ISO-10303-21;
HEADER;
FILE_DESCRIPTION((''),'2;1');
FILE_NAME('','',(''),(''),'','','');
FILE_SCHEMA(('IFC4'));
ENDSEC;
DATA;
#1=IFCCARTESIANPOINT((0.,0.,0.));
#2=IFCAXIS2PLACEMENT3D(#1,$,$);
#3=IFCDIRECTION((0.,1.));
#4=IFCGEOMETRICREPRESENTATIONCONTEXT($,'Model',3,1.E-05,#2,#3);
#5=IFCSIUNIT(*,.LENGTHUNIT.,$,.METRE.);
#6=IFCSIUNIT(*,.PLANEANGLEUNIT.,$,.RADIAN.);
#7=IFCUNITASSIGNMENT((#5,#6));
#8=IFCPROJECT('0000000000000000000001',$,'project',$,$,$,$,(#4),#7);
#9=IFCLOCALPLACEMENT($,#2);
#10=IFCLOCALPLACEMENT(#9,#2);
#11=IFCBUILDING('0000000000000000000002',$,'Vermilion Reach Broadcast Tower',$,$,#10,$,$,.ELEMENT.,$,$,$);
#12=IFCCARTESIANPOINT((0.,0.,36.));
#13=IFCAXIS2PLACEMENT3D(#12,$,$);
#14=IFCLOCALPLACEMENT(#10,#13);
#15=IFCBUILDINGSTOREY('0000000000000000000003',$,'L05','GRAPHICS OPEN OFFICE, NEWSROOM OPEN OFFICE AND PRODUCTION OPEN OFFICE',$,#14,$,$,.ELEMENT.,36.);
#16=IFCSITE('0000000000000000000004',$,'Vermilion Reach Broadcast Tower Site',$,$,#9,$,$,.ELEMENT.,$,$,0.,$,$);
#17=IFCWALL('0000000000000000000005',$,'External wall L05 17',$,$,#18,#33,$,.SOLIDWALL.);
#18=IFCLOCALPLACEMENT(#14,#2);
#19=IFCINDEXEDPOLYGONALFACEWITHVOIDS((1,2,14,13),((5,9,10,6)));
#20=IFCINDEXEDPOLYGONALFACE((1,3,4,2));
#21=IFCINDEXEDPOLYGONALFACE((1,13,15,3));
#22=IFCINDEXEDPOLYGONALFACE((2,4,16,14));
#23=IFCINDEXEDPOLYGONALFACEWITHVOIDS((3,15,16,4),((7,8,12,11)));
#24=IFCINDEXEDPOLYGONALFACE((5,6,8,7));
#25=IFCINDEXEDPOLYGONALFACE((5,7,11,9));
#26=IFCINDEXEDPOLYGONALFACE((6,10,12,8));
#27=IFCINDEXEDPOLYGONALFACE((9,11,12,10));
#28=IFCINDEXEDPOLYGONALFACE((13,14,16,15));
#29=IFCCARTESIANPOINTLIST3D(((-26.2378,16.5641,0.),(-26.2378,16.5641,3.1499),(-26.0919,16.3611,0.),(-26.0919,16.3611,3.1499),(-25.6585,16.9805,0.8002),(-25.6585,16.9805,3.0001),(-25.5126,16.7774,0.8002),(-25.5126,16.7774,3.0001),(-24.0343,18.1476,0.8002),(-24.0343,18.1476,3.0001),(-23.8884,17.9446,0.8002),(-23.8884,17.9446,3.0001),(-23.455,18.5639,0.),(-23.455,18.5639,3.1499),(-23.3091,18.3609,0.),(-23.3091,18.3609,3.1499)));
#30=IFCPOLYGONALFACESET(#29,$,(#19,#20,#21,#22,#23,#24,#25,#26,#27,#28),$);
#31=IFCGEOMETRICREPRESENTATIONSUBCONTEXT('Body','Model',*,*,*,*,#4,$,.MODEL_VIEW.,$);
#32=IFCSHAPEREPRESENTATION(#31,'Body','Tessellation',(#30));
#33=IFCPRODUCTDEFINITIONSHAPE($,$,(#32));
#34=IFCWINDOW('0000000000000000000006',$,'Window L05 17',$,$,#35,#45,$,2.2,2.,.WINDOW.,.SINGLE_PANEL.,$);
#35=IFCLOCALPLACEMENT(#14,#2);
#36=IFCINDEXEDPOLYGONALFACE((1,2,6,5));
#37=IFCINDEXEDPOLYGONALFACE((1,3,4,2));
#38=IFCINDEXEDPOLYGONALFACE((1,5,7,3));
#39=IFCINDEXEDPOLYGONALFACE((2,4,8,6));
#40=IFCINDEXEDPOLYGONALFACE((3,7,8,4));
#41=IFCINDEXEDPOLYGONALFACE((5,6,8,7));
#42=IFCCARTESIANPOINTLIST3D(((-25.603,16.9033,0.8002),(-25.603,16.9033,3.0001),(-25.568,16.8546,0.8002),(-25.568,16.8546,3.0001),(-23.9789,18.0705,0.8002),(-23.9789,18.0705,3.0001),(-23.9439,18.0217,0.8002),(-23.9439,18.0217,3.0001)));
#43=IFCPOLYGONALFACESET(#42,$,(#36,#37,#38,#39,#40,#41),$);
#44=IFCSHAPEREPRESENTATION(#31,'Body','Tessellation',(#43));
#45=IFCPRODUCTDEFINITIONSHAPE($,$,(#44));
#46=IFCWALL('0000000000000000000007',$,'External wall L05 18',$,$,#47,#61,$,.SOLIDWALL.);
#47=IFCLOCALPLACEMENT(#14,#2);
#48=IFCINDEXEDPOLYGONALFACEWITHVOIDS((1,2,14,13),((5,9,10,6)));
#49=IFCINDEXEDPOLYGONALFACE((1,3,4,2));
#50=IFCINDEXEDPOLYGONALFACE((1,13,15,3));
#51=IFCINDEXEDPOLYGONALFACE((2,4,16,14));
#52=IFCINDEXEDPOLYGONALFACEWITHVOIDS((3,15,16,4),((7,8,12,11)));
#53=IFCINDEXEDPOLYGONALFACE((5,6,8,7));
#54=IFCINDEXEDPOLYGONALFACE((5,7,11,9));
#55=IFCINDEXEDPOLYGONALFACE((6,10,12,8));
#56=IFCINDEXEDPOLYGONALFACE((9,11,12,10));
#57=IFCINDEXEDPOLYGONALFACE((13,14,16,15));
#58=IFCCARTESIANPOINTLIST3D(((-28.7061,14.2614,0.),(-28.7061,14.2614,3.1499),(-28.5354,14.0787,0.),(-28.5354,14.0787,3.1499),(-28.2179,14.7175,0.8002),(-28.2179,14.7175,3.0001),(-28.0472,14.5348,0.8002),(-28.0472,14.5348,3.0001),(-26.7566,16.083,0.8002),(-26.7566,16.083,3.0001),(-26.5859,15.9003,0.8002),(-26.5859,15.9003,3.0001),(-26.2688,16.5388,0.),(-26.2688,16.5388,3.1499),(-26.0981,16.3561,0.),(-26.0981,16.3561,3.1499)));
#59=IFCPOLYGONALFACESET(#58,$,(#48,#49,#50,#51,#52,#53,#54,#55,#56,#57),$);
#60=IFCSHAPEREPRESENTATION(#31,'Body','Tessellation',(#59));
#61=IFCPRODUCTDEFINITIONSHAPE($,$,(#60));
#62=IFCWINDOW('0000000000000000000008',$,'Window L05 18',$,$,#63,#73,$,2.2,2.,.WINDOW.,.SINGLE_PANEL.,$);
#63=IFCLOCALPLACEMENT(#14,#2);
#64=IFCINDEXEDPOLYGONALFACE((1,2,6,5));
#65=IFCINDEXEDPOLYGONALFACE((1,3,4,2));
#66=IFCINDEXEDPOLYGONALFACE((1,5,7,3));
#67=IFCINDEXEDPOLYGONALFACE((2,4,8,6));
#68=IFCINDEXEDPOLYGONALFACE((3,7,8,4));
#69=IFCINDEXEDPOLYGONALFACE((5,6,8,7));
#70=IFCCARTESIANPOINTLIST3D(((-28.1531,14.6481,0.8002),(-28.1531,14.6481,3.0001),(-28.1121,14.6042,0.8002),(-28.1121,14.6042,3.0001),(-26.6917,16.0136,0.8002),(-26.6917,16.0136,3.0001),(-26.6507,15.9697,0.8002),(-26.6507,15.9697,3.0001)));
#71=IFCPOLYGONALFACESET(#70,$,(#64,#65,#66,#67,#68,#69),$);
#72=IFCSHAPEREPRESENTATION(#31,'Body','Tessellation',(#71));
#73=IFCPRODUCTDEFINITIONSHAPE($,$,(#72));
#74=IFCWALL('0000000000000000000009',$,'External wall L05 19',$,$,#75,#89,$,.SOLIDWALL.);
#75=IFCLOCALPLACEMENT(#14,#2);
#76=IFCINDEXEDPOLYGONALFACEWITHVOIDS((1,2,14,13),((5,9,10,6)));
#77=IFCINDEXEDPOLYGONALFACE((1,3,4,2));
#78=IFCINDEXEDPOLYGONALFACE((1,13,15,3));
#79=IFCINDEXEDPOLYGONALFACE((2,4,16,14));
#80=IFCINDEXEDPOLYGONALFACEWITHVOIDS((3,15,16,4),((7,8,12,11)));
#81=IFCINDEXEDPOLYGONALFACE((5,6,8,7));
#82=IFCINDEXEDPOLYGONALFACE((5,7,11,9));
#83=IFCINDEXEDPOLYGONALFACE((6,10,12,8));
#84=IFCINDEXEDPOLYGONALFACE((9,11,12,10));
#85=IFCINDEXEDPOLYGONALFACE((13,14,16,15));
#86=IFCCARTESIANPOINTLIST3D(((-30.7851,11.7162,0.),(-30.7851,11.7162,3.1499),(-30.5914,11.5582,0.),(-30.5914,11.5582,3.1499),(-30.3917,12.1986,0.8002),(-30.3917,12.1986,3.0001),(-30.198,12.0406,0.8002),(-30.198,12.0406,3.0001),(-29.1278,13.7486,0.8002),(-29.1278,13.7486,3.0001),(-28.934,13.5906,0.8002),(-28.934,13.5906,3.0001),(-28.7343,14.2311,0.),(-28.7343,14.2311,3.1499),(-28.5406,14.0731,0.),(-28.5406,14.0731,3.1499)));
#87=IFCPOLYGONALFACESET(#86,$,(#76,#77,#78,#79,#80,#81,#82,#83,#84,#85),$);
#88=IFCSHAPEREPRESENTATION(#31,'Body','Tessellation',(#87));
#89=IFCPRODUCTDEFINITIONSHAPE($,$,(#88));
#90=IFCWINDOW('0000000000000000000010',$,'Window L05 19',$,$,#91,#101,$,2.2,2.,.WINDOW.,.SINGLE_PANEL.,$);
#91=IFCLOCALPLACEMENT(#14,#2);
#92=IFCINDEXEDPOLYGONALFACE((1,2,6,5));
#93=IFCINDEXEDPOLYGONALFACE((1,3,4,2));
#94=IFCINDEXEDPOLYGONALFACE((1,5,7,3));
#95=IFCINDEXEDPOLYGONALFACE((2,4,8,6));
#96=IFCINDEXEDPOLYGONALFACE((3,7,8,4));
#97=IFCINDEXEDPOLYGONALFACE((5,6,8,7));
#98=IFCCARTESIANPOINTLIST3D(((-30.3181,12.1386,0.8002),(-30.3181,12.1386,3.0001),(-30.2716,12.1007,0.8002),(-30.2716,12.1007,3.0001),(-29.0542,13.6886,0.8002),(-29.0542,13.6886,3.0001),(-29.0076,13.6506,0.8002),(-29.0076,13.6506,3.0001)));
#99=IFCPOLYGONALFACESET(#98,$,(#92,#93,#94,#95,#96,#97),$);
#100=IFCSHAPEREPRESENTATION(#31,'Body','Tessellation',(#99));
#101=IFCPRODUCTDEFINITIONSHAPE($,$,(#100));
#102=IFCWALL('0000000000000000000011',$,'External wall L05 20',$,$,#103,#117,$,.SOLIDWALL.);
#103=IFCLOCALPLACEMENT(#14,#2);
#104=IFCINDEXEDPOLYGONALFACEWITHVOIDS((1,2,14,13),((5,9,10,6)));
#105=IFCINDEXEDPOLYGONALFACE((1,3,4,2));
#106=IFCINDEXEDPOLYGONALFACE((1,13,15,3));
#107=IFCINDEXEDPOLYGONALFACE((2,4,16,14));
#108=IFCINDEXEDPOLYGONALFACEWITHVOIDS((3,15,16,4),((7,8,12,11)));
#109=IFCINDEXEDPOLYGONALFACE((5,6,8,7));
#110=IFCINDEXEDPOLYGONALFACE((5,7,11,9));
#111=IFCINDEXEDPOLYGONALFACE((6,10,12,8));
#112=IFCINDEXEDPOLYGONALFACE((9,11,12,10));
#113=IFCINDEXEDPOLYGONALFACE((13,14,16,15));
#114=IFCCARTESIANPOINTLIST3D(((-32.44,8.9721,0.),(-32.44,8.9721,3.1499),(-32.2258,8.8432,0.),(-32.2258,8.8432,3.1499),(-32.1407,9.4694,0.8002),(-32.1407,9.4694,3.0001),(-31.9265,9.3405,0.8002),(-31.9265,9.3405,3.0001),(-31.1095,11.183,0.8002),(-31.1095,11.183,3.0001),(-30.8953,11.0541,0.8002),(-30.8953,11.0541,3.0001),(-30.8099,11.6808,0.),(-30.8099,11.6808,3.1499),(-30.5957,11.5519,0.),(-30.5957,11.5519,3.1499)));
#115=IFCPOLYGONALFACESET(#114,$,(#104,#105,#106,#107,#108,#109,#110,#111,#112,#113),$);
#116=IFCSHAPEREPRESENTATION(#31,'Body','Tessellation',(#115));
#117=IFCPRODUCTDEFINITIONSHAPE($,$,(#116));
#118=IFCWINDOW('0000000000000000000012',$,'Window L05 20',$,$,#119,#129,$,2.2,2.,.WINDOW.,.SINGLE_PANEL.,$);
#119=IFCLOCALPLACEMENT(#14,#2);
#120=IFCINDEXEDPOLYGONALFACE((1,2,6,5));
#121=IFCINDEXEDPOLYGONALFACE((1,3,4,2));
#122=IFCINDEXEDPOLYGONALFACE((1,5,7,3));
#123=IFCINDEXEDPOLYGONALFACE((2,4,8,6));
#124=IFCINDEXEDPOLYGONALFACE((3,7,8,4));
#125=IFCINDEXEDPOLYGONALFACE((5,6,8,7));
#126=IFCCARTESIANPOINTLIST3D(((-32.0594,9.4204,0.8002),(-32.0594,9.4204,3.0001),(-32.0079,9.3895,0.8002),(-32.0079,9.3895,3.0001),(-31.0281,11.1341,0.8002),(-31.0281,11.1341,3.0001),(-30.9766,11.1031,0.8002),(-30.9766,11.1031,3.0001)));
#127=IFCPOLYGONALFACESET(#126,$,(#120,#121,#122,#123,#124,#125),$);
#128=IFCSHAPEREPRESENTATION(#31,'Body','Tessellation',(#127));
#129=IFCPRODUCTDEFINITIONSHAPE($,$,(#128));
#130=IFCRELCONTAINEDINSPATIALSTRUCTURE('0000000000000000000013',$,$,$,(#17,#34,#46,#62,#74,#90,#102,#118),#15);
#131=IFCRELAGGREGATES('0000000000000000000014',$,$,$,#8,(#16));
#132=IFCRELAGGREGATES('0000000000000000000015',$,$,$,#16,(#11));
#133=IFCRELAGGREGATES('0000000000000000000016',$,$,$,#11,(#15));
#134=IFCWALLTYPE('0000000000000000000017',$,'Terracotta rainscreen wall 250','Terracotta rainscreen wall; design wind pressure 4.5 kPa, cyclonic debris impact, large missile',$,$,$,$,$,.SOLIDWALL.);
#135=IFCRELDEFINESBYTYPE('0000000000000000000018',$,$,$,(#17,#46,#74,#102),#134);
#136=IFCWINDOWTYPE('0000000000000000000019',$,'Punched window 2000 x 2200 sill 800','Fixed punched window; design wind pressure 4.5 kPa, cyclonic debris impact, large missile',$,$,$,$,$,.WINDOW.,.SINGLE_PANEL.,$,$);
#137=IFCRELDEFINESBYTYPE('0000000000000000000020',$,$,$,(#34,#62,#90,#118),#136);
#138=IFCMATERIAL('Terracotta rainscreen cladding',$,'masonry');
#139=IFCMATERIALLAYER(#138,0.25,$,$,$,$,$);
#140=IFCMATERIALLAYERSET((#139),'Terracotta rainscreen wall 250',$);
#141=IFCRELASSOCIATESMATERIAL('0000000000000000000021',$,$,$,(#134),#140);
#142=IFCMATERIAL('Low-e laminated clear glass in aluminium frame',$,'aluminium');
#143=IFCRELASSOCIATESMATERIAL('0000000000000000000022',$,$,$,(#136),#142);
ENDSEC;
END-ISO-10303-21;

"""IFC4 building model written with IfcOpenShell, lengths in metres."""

from ifc_helpers import new_model, si_unit, direction, frame, frame_2d, origin, place, context, subcontext, project, spatial, rectangle, extrude, material, layer, layer_set, type_object, element, fill, save


model = new_model("IFC4")

# Units and contexts
model_context = context("Model", 3, precision=1e-05, world=origin(), true_north=direction((0.0, 1.0)))
body_context = subcontext(model_context, "Body", "Model", "MODEL_VIEW")
ifc_project = project(units=[si_unit("LENGTHUNIT", "METRE"), si_unit("PLANEANGLEUNIT", "RADIAN")], contexts=[model_context])

# Site, building, storey
site_placement = place(None, origin())
site = spatial("IfcSite", under=ifc_project, at=site_placement, Name="Vermilion Reach Broadcast Tower Site", CompositionType="ELEMENT", RefElevation=0.0)
building_placement = place(site_placement, origin())
building = spatial("IfcBuilding", under=site, at=building_placement, Name="Vermilion Reach Broadcast Tower", CompositionType="ELEMENT")
storey_placement = place(building_placement, frame((0.0, 0.0, 36.0)))
storey = spatial("IfcBuildingStorey", under=building, at=storey_placement, Name="L05", Description="GRAPHICS OPEN OFFICE, NEWSROOM OPEN OFFICE AND PRODUCTION OPEN OFFICE", CompositionType="ELEMENT", Elevation=36.0)

# Walls, openings, windows
ifc_material_1 = material(Name="Terracotta rainscreen cladding", Category="masonry")
ifc_layer_1 = layer(ifc_material_1, 0.25)
ifc_layer_set_1 = layer_set([ifc_layer_1], Name="Terracotta rainscreen wall 250")
wall_type_1 = type_object("IfcWallType", Name="Terracotta rainscreen wall 250", Description="Terracotta rainscreen wall; design wind pressure 4.5 kPa, cyclonic debris impact, large missile", PredefinedType="SOLIDWALL", material=ifc_layer_set_1)
ifc_material_2 = material(Name="Low-e laminated clear glass in aluminium frame", Category="aluminium")
window_type = type_object("IfcWindowType", Name="Punched window 2000 x 2200 sill 800", Description="Fixed punched window; design wind pressure 4.5 kPa, cyclonic debris impact, large missile", PartitioningType="SINGLE_PANEL", PredefinedType="WINDOW", material=ifc_material_2)
wall_1_placement = place(storey_placement, frame((-23.3821, 18.4624, 0.0), z_axis=(0.0, 0.0, 1.0), x_axis=(-0.81206, -0.583574, 0.0)))
wall_1 = element("IfcWall", 1, at=wall_1_placement, inside=storey, type_object=wall_type_1, Name="External wall L05 17", PredefinedType="SOLIDWALL", context=body_context, shape_type="SweptSolid", body=[
    extrude(rectangle(XDim=3.4268, YDim=0.25, at=frame_2d((1.7134, 0.0))), origin(), (0.0, 0.0, 1.0), 3.1499),
])
opening_1_placement = place(wall_1_placement, frame((0.7134, 0.0, 0.8)))
opening_1 = element("IfcOpeningElement", 2, at=opening_1_placement, cuts=wall_1, PredefinedType="OPENING", context=body_context, shape_type="SweptSolid", body=[
    extrude(rectangle(XDim=2.0, YDim=2.2, at=frame_2d((1.0, 1.1001))), frame((0.0, 0.135, 0.0), z_axis=(0.0, -1.0, 0.0), x_axis=(1.0, 0.0, 0.0)), (0.0, 0.0, 1.0), 0.27),
])
window_1_placement = place(opening_1_placement, origin())
window_1 = element("IfcWindow", 3, at=window_1_placement, inside=storey, type_object=window_type, Name="Window L05 17", OverallHeight=2.2, OverallWidth=2.0, PartitioningType="SINGLE_PANEL", PredefinedType="WINDOW", context=body_context, shape_type="SweptSolid", body=[
    extrude(rectangle(XDim=2.0, YDim=2.2, at=frame_2d((1.0, 1.1001))), frame((0.0, 0.03, 0.0), z_axis=(0.0, -1.0, 0.0), x_axis=(1.0, 0.0, 0.0)), (0.0, 0.0, 1.0), 0.0601),
])
fill(opening_1, window_1)
wall_2_placement = place(storey_placement, frame((-26.1833, 16.4475, 0.0), z_axis=(0.0, 0.0, 1.0), x_axis=(-0.730671, -0.68273, 0.0)))
wall_2 = element("IfcWall", 4, at=wall_2_placement, inside=storey, type_object=wall_type_1, Name="External wall L05 18", PredefinedType="SOLIDWALL", context=body_context, shape_type="SweptSolid", body=[
    extrude(rectangle(XDim=3.3357, YDim=0.25, at=frame_2d((1.668, 0.0))), origin(), (0.0, 0.0, 1.0), 3.1499),
])
opening_2_placement = place(wall_2_placement, frame((0.6677, 0.0, 0.8)))
opening_2 = element("IfcOpeningElement", 5, at=opening_2_placement, cuts=wall_2, PredefinedType="OPENING", context=body_context, shape_type="SweptSolid", body=[
    extrude(rectangle(XDim=2.0, YDim=2.2, at=frame_2d((1.0, 1.1001))), frame((0.0, 0.135, 0.0), z_axis=(0.0, -1.0, 0.0), x_axis=(1.0, 0.0, 0.0)), (0.0, 0.0, 1.0), 0.27),
])
window_2_placement = place(opening_2_placement, origin())
window_2 = element("IfcWindow", 6, at=window_2_placement, inside=storey, type_object=window_type, Name="Window L05 18", OverallHeight=2.2, OverallWidth=2.0, PartitioningType="SINGLE_PANEL", PredefinedType="WINDOW", context=body_context, shape_type="SweptSolid", body=[
    extrude(rectangle(XDim=2.0, YDim=2.2, at=frame_2d((1.0, 1.1001))), frame((0.0, 0.03, 0.0), z_axis=(0.0, -1.0, 0.0), x_axis=(1.0, 0.0, 0.0)), (0.0, 0.0, 1.0), 0.0601),
])
fill(opening_2, window_2)
wall_3_placement = place(storey_placement, frame((-28.6375, 14.1521, 0.0), z_axis=(0.0, 0.0, 1.0), x_axis=(-0.631971, -0.774992, 0.0)))
wall_3 = element("IfcWall", 7, at=wall_3_placement, inside=storey, type_object=wall_type_1, Name="External wall L05 19", PredefinedType="SOLIDWALL", context=body_context, shape_type="SweptSolid", body=[
    extrude(rectangle(XDim=3.2451, YDim=0.25, at=frame_2d((1.6226, 0.0))), origin(), (0.0, 0.0, 1.0), 3.1499),
])
opening_3_placement = place(wall_3_placement, frame((0.6226, 0.0, 0.8)))
opening_3 = element("IfcOpeningElement", 8, at=opening_3_placement, cuts=wall_3, PredefinedType="OPENING", context=body_context, shape_type="SweptSolid", body=[
    extrude(rectangle(XDim=2.0, YDim=2.2, at=frame_2d((1.0, 1.1001))), frame((0.0, 0.135, 0.0), z_axis=(0.0, -1.0, 0.0), x_axis=(1.0, 0.0, 0.0)), (0.0, 0.0, 1.0), 0.27),
])
window_3_placement = place(opening_3_placement, origin())
window_3 = element("IfcWindow", 9, at=window_3_placement, inside=storey, type_object=window_type, Name="Window L05 19", OverallHeight=2.2, OverallWidth=2.0, PartitioningType="SINGLE_PANEL", PredefinedType="WINDOW", context=body_context, shape_type="SweptSolid", body=[
    extrude(rectangle(XDim=2.0, YDim=2.2, at=frame_2d((1.0, 1.1001))), frame((0.0, 0.03, 0.0), z_axis=(0.0, -1.0, 0.0), x_axis=(1.0, 0.0, 0.0)), (0.0, 0.0, 1.0), 0.0601),
])
fill(opening_3, window_3)
wall_4_placement = place(storey_placement, frame((-30.7029, 11.6162, 0.0), z_axis=(0.0, 0.0, 1.0), x_axis=(-0.515631, -0.856811, 0.0)))
wall_4 = element("IfcWall", 10, at=wall_4_placement, inside=storey, type_object=wall_type_1, Name="External wall L05 20", PredefinedType="SOLIDWALL", context=body_context, shape_type="SweptSolid", body=[
    extrude(rectangle(XDim=3.1614, YDim=0.25, at=frame_2d((1.5806, 0.0))), origin(), (0.0, 0.0, 1.0), 3.1499),
])
opening_4_placement = place(wall_4_placement, frame((0.5808, 0.0, 0.8)))
opening_4 = element("IfcOpeningElement", 11, at=opening_4_placement, cuts=wall_4, PredefinedType="OPENING", context=body_context, shape_type="SweptSolid", body=[
    extrude(rectangle(XDim=2.0, YDim=2.2, at=frame_2d((1.0, 1.1001))), frame((0.0, 0.135, 0.0), z_axis=(0.0, -1.0, 0.0), x_axis=(1.0, 0.0, 0.0)), (0.0, 0.0, 1.0), 0.27),
])
window_4_placement = place(opening_4_placement, origin())
window_4 = element("IfcWindow", 12, at=window_4_placement, inside=storey, type_object=window_type, Name="Window L05 20", OverallHeight=2.2, OverallWidth=2.0, PartitioningType="SINGLE_PANEL", PredefinedType="WINDOW", context=body_context, shape_type="SweptSolid", body=[
    extrude(rectangle(XDim=2.0, YDim=2.2, at=frame_2d((1.0, 1.1001))), frame((0.0, 0.03, 0.0), z_axis=(0.0, -1.0, 0.0), x_axis=(1.0, 0.0, 0.0)), (0.0, 0.0, 1.0), 0.0601),
])
fill(opening_4, window_4)

save(model, "model.ifc")
